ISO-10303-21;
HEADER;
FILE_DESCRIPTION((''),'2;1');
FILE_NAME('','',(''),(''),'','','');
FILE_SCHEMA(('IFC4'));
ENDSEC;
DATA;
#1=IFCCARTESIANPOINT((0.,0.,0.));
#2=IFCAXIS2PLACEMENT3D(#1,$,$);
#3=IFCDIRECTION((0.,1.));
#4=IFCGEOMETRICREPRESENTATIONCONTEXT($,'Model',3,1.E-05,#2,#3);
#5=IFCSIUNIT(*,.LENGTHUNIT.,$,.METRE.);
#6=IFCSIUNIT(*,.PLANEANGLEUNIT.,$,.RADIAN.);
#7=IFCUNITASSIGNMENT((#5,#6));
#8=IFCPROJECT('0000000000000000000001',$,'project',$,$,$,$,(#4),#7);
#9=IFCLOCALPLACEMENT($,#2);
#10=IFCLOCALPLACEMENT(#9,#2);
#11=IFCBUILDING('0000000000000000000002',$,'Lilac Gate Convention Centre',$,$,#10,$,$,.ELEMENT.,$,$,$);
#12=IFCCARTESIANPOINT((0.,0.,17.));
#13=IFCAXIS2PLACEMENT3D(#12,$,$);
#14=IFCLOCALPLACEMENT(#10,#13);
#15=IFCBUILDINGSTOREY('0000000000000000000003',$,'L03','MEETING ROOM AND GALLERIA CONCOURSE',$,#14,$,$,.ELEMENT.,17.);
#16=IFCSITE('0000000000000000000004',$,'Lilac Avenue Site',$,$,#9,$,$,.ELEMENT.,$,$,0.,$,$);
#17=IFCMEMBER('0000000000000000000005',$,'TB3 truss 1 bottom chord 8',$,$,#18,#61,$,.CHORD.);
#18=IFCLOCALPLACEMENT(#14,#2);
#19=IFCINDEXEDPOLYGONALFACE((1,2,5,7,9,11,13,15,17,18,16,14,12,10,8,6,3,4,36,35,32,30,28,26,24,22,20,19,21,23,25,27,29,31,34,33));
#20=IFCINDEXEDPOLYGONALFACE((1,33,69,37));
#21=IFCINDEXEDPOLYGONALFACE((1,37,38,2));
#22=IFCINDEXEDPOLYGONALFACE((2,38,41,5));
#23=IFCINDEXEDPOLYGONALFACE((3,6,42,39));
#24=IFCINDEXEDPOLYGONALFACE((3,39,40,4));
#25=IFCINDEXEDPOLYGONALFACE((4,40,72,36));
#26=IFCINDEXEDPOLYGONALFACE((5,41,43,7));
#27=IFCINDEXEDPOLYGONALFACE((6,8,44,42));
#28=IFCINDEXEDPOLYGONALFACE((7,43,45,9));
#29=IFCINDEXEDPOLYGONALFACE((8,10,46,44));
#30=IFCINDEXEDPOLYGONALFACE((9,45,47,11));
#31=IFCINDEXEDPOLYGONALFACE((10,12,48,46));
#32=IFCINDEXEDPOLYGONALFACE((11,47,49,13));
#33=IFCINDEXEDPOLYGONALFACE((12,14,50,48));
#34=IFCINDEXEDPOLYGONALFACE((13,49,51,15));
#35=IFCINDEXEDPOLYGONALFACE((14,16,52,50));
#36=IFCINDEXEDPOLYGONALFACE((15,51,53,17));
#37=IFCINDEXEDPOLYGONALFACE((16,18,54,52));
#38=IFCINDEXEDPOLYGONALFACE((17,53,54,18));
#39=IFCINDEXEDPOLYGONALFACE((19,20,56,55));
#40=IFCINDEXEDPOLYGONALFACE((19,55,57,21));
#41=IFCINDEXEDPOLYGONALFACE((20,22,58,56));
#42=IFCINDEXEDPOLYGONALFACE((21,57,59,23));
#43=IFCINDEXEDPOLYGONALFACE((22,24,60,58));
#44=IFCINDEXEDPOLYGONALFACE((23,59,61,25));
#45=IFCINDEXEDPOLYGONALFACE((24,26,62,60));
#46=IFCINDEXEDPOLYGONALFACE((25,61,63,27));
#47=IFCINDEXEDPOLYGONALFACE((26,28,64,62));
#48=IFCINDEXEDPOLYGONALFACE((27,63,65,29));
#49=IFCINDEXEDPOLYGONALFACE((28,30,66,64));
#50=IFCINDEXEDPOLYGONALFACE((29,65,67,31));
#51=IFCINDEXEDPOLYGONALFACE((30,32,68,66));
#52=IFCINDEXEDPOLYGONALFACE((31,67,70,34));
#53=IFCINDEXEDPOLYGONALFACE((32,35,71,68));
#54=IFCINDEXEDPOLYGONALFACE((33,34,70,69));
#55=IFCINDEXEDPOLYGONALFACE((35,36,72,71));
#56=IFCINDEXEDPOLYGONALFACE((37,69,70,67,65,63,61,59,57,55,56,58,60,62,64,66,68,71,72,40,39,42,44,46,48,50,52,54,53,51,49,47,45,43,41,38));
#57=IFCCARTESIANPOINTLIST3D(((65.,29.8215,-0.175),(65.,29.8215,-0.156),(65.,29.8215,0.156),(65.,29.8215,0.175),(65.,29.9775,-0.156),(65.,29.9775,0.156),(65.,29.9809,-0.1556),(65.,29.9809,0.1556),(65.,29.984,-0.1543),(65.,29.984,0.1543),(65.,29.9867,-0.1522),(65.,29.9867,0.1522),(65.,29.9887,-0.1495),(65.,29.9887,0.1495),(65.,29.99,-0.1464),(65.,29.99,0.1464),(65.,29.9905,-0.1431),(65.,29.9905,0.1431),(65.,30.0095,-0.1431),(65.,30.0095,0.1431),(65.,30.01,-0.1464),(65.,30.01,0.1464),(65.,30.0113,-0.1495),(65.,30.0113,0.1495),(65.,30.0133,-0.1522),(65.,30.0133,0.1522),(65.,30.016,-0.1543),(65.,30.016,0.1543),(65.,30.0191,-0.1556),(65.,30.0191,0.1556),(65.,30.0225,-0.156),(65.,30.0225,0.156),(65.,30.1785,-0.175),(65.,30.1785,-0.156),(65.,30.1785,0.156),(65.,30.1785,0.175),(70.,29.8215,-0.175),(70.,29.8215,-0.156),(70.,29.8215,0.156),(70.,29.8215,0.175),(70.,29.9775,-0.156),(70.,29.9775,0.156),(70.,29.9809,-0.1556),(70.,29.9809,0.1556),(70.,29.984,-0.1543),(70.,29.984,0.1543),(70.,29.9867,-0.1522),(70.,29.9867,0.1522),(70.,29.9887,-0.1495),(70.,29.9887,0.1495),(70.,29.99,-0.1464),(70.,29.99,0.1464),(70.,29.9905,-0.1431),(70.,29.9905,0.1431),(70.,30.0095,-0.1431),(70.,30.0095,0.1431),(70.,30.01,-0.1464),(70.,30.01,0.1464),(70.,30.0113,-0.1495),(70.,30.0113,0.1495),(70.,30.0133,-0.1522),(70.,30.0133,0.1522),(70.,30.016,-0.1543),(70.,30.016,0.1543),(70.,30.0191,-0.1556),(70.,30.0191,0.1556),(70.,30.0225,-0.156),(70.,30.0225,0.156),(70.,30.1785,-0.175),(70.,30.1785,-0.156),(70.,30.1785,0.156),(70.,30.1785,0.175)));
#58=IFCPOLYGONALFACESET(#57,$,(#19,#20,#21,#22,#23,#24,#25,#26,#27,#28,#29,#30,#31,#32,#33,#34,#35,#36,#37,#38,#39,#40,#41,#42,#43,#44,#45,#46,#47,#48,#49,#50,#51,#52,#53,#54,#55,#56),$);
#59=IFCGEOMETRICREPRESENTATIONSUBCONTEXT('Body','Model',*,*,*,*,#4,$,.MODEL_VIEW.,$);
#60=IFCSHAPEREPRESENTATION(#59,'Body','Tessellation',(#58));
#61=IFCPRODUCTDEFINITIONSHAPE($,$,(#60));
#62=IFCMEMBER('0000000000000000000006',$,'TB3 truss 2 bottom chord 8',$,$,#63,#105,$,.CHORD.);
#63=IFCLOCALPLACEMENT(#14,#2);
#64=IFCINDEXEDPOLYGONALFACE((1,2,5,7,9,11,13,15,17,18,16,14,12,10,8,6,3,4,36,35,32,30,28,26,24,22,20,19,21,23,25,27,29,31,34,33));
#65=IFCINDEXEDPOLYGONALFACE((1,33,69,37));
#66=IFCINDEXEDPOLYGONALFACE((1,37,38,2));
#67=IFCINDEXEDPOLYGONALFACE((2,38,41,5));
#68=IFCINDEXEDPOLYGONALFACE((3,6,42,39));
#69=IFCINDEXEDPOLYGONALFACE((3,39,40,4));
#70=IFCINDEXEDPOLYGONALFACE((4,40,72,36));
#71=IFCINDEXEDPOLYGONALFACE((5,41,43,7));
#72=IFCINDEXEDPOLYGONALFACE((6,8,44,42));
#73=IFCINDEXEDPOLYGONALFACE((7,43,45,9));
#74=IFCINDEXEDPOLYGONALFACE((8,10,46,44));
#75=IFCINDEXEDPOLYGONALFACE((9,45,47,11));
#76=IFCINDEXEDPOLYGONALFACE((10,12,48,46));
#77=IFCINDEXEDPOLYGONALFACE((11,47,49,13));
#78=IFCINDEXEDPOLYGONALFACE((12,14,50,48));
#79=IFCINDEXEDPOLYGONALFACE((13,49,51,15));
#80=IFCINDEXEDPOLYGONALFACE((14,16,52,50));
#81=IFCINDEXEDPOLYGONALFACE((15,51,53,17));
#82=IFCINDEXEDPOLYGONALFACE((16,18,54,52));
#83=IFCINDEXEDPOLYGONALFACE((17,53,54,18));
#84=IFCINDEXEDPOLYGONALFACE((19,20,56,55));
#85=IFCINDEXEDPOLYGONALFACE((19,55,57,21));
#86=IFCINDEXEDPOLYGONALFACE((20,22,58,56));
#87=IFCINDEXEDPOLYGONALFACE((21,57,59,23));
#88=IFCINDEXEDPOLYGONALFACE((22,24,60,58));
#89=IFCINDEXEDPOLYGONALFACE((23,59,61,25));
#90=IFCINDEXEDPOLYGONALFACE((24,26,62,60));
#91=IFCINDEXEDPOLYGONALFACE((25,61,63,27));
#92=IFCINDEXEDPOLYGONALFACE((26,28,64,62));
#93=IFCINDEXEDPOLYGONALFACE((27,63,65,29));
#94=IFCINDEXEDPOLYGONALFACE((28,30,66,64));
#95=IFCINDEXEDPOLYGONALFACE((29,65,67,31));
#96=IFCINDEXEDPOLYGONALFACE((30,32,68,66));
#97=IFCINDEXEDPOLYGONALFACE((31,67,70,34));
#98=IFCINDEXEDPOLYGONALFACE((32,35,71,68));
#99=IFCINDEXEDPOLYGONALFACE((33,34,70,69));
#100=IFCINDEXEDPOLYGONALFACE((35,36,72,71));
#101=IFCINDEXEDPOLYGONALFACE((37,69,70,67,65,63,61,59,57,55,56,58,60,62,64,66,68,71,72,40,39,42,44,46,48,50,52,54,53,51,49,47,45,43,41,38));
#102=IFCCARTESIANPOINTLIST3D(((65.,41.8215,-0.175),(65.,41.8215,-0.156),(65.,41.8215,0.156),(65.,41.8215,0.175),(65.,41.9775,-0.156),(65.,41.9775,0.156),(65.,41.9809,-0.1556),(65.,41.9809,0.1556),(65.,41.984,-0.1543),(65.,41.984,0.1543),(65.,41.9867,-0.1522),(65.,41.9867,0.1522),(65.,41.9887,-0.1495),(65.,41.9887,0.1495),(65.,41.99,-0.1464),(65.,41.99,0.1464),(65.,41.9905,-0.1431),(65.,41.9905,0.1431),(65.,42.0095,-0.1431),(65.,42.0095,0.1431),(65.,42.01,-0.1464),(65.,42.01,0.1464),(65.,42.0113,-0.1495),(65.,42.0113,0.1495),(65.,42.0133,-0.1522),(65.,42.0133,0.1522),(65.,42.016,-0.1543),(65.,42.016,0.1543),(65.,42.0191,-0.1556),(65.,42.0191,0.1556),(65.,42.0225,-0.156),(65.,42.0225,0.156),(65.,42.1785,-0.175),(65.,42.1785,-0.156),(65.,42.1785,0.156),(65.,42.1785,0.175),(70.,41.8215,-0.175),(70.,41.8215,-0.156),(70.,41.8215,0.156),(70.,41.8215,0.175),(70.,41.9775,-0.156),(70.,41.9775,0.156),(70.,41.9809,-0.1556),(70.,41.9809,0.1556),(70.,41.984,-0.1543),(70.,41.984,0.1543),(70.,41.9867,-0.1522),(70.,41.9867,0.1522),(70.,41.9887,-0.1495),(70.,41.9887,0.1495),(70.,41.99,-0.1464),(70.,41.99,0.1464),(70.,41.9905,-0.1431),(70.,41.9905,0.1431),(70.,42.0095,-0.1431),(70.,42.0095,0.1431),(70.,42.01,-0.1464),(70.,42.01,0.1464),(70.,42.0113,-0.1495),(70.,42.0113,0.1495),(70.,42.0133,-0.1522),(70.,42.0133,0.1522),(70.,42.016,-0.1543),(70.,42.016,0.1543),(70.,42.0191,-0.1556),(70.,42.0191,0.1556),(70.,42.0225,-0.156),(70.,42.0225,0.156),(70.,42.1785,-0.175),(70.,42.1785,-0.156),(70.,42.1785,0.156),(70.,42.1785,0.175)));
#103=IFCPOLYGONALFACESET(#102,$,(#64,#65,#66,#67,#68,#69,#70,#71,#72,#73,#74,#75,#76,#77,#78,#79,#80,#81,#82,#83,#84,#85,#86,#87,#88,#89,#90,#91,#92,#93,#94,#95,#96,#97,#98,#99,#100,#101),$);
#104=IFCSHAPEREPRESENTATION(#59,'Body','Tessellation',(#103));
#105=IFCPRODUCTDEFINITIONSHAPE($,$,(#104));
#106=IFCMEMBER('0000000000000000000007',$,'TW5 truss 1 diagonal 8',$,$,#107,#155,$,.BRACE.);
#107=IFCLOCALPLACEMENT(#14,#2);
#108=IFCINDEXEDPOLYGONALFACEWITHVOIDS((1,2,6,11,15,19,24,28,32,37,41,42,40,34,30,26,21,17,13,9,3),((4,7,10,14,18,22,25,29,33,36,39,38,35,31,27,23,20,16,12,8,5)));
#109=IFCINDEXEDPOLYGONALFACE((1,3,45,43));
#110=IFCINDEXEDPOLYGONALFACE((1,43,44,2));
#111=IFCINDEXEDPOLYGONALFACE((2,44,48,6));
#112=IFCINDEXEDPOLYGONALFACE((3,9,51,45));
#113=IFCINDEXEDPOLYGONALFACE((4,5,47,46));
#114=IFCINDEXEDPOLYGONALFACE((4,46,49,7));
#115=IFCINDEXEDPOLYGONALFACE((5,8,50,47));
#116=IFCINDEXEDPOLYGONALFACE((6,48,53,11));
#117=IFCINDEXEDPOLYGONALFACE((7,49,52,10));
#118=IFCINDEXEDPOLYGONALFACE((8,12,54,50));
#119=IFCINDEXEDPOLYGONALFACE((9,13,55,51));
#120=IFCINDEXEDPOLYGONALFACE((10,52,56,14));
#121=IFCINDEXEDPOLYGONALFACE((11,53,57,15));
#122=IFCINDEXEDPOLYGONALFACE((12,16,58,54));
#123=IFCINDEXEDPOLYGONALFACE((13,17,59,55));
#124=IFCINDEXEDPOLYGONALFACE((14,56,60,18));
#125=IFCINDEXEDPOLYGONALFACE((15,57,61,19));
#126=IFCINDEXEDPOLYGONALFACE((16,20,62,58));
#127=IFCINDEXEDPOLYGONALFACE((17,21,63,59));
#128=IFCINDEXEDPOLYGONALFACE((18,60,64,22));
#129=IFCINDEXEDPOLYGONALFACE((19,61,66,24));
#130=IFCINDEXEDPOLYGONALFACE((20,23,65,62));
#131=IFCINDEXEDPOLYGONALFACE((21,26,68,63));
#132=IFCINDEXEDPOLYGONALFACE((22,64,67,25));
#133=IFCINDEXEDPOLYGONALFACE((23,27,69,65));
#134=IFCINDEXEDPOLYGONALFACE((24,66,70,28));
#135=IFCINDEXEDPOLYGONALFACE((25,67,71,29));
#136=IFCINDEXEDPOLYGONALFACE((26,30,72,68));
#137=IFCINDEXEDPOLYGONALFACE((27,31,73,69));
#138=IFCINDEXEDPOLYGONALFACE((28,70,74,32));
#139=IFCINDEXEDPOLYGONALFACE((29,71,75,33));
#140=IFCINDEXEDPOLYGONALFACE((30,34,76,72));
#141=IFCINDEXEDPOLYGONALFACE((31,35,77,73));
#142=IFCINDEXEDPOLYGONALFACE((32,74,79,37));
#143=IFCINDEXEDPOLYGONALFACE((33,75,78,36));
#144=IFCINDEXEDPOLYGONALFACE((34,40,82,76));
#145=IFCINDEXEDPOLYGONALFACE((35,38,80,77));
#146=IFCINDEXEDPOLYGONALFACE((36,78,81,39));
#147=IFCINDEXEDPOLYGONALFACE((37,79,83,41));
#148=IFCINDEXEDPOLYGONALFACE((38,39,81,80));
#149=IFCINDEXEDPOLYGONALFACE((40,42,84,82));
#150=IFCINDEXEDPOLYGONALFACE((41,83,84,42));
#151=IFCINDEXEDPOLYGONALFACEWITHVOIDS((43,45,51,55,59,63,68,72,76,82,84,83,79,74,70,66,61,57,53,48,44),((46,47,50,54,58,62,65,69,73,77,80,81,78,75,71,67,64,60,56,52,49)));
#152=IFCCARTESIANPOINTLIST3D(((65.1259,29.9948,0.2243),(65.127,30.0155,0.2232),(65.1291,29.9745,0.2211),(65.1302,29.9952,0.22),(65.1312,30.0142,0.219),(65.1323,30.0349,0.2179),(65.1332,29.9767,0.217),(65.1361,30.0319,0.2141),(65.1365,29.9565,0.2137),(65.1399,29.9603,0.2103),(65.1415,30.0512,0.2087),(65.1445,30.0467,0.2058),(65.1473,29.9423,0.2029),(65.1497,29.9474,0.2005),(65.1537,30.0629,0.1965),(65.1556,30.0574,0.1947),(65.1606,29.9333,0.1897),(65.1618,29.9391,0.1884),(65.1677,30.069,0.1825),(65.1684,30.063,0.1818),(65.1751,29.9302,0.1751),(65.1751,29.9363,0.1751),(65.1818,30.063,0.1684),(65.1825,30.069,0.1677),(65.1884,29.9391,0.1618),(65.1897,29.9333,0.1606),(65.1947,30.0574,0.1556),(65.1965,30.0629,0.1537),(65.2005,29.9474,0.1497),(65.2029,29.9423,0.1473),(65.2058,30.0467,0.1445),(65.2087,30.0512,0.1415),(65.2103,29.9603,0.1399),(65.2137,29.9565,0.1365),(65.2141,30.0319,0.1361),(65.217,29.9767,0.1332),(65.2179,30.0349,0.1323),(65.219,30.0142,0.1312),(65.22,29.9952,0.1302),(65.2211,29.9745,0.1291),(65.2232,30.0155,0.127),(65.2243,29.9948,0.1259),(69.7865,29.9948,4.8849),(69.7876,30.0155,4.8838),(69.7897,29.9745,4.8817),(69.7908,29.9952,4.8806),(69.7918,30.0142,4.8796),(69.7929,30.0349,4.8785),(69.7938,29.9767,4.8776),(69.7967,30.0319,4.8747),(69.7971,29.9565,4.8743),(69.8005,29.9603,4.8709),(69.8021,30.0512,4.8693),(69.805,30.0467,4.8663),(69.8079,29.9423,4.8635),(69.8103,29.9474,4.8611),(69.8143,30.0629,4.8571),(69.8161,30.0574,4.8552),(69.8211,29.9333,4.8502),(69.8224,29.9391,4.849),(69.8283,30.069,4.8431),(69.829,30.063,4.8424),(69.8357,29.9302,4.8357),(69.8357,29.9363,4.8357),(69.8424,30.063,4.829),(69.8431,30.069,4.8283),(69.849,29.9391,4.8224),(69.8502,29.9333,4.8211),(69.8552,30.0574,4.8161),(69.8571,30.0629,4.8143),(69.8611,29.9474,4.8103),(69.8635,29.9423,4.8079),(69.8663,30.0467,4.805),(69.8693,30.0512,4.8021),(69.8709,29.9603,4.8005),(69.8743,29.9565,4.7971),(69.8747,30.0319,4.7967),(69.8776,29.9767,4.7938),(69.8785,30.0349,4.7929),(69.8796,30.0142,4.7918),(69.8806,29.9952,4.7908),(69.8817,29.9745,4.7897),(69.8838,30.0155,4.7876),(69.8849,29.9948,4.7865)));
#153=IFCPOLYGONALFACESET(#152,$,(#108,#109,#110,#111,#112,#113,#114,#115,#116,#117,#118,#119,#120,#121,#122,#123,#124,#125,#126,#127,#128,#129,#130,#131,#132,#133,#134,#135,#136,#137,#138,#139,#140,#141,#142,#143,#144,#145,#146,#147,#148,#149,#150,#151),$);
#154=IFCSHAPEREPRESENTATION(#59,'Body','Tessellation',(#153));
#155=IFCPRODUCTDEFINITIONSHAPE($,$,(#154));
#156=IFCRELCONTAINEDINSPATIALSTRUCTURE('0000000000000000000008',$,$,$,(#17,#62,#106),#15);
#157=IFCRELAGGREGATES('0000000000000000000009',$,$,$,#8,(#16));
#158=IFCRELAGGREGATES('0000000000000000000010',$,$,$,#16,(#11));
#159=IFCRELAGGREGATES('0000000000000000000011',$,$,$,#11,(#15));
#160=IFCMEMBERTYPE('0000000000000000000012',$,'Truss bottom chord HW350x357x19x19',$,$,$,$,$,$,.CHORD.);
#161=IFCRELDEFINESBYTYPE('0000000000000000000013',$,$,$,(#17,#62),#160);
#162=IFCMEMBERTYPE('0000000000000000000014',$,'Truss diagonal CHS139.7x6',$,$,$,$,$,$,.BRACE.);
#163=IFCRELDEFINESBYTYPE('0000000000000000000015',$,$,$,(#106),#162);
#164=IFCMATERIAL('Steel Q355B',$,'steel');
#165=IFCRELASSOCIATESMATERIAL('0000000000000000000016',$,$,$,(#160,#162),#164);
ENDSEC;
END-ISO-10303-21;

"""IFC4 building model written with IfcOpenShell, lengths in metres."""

from ifc_helpers import new_model, si_unit, direction, frame, origin, origin_2d, place, context, subcontext, project, spatial, hollow_circle, i_section, extrude, material, material_profile, profile_set, type_object, element, save


model = new_model("IFC4")

# Units and contexts
model_context = context("Model", 3, precision=1e-05, world=origin(), true_north=direction((0.0, 1.0)))
body_context = subcontext(model_context, "Body", "Model", "MODEL_VIEW")
ifc_project = project(units=[si_unit("LENGTHUNIT", "METRE"), si_unit("PLANEANGLEUNIT", "RADIAN")], contexts=[model_context])

# Site, building, storey
site_placement = place(None, origin())
site = spatial("IfcSite", under=ifc_project, at=site_placement, Name="Lilac Avenue Site", CompositionType="ELEMENT", RefElevation=0.0)
building_placement = place(site_placement, origin())
building = spatial("IfcBuilding", under=site, at=building_placement, Name="Lilac Gate Convention Centre", CompositionType="ELEMENT")
storey_placement = place(building_placement, frame((0.0, 0.0, 17.0)))
storey = spatial("IfcBuildingStorey", under=building, at=storey_placement, Name="L03", Description="MEETING ROOM AND GALLERIA CONCOURSE", CompositionType="ELEMENT", Elevation=17.0)

# Members
ifc_material = material(Name="Steel Q355B", Category="steel")
ifc_material_profile_1 = material_profile(ifc_material, i_section(OverallWidth=0.3569, OverallDepth=0.3501, WebThickness=0.019, FlangeThickness=0.019, FilletRadius=0.0129, at=origin_2d()), Name="HW350x357x19x19")
ifc_profile_set_1 = profile_set([ifc_material_profile_1], Name="Steel Q355B")
member_type_1 = type_object("IfcMemberType", Name="Truss bottom chord HW350x357x19x19", PredefinedType="CHORD", material=ifc_profile_set_1)
for number, where, z_axis, x_axis, name in (
    (1, (65.0, 30.0, 0.0), (1.0, 0.0, 0.0), (0.0, 1.0, 0.0), "TB3 truss 1 bottom chord 8"),
    (2, (65.0, 42.0, 0.0), (1.0, 0.0, 0.0), (0.0, 1.0, 0.0), "TB3 truss 2 bottom chord 8"),
):
    element("IfcMember", number, at=place(storey_placement, frame(where, z_axis=z_axis, x_axis=x_axis)), inside=storey, type_object=member_type_1, Name=name, PredefinedType="CHORD", context=body_context, shape_type="SweptSolid", body=[
        extrude(i_section(OverallWidth=0.3569, OverallDepth=0.3501, WebThickness=0.019, FlangeThickness=0.019, FilletRadius=0.0129, at=origin_2d()), origin(), (0.0, 0.0, 1.0), 5.0),
    ])
ifc_material_profile_2 = material_profile(ifc_material, hollow_circle(Radius=0.0698, WallThickness=0.0061, at=origin_2d()), Name="CHS139.7x6")
ifc_profile_set_2 = profile_set([ifc_material_profile_2], Name="Steel Q355B")
member_type_2 = type_object("IfcMemberType", Name="Truss diagonal CHS139.7x6", PredefinedType="BRACE", material=ifc_profile_set_2)
member_1_placement = place(storey_placement, frame((69.8357, 30.0, 4.8357), z_axis=(-0.707107, 0.0, -0.707107), x_axis=(0.0, -1.0, 0.0)))
element("IfcMember", 3, at=member_1_placement, inside=storey, type_object=member_type_2, Name="TW5 truss 1 diagonal 8", PredefinedType="BRACE", context=body_context, shape_type="SweptSolid", body=[
    extrude(hollow_circle(Radius=0.0698, WallThickness=0.0061, at=origin_2d()), origin(), (0.0, 0.0, 1.0), 6.5911),
])

save(model, "model.ifc")
